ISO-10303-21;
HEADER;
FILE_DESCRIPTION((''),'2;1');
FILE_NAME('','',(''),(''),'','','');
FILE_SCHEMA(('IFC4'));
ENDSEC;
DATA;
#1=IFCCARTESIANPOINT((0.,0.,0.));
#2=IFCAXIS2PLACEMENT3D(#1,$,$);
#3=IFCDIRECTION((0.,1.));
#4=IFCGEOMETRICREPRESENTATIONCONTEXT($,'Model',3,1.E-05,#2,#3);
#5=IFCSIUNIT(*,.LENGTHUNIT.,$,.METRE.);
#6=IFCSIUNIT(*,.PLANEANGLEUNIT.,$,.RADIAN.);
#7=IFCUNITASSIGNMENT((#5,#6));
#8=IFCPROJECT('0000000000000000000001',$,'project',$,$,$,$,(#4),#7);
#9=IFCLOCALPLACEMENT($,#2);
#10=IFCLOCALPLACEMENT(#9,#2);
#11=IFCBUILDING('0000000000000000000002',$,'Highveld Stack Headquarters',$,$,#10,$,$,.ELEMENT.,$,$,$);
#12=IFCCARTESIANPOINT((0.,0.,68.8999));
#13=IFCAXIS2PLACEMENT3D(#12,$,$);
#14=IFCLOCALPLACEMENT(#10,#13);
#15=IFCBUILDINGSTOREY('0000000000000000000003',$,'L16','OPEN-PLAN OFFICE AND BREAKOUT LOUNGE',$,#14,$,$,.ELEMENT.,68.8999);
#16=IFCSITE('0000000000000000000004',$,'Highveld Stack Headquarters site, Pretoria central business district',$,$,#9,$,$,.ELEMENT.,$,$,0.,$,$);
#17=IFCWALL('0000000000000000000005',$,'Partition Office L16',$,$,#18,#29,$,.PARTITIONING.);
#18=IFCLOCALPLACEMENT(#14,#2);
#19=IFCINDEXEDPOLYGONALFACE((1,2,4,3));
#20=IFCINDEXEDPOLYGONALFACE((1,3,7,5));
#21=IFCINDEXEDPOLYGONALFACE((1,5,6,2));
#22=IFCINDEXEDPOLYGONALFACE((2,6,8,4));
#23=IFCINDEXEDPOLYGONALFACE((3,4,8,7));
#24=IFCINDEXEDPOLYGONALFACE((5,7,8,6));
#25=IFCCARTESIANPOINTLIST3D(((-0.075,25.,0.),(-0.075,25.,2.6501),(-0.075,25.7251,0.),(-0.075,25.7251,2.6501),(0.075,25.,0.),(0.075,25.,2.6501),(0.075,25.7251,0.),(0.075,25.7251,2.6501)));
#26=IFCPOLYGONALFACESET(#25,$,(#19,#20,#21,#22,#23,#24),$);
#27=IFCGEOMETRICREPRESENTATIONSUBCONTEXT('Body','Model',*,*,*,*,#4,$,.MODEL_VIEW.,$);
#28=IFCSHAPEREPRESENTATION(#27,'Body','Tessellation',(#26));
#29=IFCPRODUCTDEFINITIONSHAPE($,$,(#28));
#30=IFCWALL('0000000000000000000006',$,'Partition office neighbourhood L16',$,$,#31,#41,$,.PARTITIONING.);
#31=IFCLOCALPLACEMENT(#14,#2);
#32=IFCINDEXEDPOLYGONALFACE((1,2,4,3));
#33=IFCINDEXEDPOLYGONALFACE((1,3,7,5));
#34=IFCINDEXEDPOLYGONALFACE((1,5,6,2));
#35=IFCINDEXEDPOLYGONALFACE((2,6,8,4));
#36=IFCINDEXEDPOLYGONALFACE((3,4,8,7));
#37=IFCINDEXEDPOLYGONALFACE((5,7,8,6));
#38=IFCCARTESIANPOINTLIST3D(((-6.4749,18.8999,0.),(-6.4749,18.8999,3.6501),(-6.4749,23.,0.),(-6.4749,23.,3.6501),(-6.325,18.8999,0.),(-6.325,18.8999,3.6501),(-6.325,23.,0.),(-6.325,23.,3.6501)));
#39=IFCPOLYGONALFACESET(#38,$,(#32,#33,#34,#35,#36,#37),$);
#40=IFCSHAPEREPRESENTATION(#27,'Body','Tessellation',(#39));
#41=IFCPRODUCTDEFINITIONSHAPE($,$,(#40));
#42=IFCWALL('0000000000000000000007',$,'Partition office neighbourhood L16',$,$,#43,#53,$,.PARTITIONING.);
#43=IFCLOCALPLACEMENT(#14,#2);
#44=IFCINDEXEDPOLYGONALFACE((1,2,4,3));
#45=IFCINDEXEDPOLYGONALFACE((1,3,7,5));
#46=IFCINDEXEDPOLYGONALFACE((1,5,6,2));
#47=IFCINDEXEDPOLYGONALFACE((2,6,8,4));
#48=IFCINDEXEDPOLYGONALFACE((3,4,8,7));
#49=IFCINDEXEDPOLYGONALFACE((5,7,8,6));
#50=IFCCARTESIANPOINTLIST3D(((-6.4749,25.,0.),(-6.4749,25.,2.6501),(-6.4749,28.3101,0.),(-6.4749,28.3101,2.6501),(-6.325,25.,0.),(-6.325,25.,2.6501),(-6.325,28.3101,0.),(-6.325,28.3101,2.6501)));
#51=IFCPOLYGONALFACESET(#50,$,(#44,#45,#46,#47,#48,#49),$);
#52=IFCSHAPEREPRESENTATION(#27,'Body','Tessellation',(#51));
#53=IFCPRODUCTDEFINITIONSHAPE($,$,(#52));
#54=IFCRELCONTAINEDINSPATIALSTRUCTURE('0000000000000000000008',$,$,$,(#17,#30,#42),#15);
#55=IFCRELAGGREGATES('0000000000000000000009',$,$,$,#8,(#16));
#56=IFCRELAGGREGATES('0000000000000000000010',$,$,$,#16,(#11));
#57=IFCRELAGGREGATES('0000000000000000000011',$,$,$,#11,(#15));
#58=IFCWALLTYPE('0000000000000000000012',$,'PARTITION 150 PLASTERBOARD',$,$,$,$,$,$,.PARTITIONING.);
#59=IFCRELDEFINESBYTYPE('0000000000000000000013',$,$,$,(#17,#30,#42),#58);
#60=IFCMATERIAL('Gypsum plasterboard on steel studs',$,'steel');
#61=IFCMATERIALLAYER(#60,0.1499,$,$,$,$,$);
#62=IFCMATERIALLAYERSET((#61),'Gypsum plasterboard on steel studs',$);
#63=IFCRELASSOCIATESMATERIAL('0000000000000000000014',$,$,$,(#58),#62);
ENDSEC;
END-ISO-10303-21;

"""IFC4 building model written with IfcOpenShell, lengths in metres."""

from ifc_helpers import new_model, si_unit, direction, frame, frame_2d, origin, place, context, subcontext, project, spatial, rectangle, extrude, material, layer, layer_set, type_object, element, save


model = new_model("IFC4")

# Units and contexts
model_context = context("Model", 3, precision=1e-05, world=origin(), true_north=direction((0.0, 1.0)))
body_context = subcontext(model_context, "Body", "Model", "MODEL_VIEW")
ifc_project = project(units=[si_unit("LENGTHUNIT", "METRE"), si_unit("PLANEANGLEUNIT", "RADIAN")], contexts=[model_context])

# Site, building, storey
site_placement = place(None, origin())
site = spatial("IfcSite", under=ifc_project, at=site_placement, Name="Highveld Stack Headquarters site, Pretoria central business district", CompositionType="ELEMENT", RefElevation=0.0)
building_placement = place(site_placement, origin())
building = spatial("IfcBuilding", under=site, at=building_placement, Name="Highveld Stack Headquarters", CompositionType="ELEMENT")
storey_placement = place(building_placement, frame((0.0, 0.0, 68.8999)))
storey = spatial("IfcBuildingStorey", under=building, at=storey_placement, Name="L16", Description="OPEN-PLAN OFFICE AND BREAKOUT LOUNGE", CompositionType="ELEMENT", Elevation=68.8999)

# Shared definitions
ifc_material_1 = material(Name="Gypsum plasterboard on steel studs", Category="steel")
ifc_layer = layer(ifc_material_1, 0.1499)
ifc_layer_set = layer_set([ifc_layer], Name="Gypsum plasterboard on steel studs")
wall_type = type_object("IfcWallType", Name="PARTITION 150 PLASTERBOARD", PredefinedType="PARTITIONING", material=ifc_layer_set)

# Walls
wall_1_placement = place(storey_placement, frame((0.0, 25.0, 0.0), z_axis=(0.0, 0.0, 1.0), x_axis=(0.0, 1.0, 0.0)))
element("IfcWall", 1, at=wall_1_placement, inside=storey, type_object=wall_type, Name="Partition Office L16", PredefinedType="PARTITIONING", context=body_context, shape_type="SweptSolid", body=[
    extrude(rectangle(XDim=0.7251, YDim=0.1499, at=frame_2d((0.3625, 0.0))), origin(), (0.0, 0.0, 1.0), 2.6501),
])
wall_2_placement = place(storey_placement, frame((-6.3999, 18.8999, 0.0), z_axis=(0.0, 0.0, 1.0), x_axis=(0.0, 1.0, 0.0)))
element("IfcWall", 2, at=wall_2_placement, inside=storey, type_object=wall_type, Name="Partition office neighbourhood L16", PredefinedType="PARTITIONING", context=body_context, shape_type="SweptSolid", body=[
    extrude(rectangle(XDim=4.1001, YDim=0.1499, at=frame_2d((2.05, 0.0))), origin(), (0.0, 0.0, 1.0), 3.6501),
])
wall_3_placement = place(storey_placement, frame((-6.3999, 25.0, 0.0), z_axis=(0.0, 0.0, 1.0), x_axis=(0.0, 1.0, 0.0)))
element("IfcWall", 3, at=wall_3_placement, inside=storey, type_object=wall_type, Name="Partition office neighbourhood L16", PredefinedType="PARTITIONING", context=body_context, shape_type="SweptSolid", body=[
    extrude(rectangle(XDim=3.3101, YDim=0.1499, at=frame_2d((1.655, 0.0))), origin(), (0.0, 0.0, 1.0), 2.6501),
])

save(model, "model.ifc")
